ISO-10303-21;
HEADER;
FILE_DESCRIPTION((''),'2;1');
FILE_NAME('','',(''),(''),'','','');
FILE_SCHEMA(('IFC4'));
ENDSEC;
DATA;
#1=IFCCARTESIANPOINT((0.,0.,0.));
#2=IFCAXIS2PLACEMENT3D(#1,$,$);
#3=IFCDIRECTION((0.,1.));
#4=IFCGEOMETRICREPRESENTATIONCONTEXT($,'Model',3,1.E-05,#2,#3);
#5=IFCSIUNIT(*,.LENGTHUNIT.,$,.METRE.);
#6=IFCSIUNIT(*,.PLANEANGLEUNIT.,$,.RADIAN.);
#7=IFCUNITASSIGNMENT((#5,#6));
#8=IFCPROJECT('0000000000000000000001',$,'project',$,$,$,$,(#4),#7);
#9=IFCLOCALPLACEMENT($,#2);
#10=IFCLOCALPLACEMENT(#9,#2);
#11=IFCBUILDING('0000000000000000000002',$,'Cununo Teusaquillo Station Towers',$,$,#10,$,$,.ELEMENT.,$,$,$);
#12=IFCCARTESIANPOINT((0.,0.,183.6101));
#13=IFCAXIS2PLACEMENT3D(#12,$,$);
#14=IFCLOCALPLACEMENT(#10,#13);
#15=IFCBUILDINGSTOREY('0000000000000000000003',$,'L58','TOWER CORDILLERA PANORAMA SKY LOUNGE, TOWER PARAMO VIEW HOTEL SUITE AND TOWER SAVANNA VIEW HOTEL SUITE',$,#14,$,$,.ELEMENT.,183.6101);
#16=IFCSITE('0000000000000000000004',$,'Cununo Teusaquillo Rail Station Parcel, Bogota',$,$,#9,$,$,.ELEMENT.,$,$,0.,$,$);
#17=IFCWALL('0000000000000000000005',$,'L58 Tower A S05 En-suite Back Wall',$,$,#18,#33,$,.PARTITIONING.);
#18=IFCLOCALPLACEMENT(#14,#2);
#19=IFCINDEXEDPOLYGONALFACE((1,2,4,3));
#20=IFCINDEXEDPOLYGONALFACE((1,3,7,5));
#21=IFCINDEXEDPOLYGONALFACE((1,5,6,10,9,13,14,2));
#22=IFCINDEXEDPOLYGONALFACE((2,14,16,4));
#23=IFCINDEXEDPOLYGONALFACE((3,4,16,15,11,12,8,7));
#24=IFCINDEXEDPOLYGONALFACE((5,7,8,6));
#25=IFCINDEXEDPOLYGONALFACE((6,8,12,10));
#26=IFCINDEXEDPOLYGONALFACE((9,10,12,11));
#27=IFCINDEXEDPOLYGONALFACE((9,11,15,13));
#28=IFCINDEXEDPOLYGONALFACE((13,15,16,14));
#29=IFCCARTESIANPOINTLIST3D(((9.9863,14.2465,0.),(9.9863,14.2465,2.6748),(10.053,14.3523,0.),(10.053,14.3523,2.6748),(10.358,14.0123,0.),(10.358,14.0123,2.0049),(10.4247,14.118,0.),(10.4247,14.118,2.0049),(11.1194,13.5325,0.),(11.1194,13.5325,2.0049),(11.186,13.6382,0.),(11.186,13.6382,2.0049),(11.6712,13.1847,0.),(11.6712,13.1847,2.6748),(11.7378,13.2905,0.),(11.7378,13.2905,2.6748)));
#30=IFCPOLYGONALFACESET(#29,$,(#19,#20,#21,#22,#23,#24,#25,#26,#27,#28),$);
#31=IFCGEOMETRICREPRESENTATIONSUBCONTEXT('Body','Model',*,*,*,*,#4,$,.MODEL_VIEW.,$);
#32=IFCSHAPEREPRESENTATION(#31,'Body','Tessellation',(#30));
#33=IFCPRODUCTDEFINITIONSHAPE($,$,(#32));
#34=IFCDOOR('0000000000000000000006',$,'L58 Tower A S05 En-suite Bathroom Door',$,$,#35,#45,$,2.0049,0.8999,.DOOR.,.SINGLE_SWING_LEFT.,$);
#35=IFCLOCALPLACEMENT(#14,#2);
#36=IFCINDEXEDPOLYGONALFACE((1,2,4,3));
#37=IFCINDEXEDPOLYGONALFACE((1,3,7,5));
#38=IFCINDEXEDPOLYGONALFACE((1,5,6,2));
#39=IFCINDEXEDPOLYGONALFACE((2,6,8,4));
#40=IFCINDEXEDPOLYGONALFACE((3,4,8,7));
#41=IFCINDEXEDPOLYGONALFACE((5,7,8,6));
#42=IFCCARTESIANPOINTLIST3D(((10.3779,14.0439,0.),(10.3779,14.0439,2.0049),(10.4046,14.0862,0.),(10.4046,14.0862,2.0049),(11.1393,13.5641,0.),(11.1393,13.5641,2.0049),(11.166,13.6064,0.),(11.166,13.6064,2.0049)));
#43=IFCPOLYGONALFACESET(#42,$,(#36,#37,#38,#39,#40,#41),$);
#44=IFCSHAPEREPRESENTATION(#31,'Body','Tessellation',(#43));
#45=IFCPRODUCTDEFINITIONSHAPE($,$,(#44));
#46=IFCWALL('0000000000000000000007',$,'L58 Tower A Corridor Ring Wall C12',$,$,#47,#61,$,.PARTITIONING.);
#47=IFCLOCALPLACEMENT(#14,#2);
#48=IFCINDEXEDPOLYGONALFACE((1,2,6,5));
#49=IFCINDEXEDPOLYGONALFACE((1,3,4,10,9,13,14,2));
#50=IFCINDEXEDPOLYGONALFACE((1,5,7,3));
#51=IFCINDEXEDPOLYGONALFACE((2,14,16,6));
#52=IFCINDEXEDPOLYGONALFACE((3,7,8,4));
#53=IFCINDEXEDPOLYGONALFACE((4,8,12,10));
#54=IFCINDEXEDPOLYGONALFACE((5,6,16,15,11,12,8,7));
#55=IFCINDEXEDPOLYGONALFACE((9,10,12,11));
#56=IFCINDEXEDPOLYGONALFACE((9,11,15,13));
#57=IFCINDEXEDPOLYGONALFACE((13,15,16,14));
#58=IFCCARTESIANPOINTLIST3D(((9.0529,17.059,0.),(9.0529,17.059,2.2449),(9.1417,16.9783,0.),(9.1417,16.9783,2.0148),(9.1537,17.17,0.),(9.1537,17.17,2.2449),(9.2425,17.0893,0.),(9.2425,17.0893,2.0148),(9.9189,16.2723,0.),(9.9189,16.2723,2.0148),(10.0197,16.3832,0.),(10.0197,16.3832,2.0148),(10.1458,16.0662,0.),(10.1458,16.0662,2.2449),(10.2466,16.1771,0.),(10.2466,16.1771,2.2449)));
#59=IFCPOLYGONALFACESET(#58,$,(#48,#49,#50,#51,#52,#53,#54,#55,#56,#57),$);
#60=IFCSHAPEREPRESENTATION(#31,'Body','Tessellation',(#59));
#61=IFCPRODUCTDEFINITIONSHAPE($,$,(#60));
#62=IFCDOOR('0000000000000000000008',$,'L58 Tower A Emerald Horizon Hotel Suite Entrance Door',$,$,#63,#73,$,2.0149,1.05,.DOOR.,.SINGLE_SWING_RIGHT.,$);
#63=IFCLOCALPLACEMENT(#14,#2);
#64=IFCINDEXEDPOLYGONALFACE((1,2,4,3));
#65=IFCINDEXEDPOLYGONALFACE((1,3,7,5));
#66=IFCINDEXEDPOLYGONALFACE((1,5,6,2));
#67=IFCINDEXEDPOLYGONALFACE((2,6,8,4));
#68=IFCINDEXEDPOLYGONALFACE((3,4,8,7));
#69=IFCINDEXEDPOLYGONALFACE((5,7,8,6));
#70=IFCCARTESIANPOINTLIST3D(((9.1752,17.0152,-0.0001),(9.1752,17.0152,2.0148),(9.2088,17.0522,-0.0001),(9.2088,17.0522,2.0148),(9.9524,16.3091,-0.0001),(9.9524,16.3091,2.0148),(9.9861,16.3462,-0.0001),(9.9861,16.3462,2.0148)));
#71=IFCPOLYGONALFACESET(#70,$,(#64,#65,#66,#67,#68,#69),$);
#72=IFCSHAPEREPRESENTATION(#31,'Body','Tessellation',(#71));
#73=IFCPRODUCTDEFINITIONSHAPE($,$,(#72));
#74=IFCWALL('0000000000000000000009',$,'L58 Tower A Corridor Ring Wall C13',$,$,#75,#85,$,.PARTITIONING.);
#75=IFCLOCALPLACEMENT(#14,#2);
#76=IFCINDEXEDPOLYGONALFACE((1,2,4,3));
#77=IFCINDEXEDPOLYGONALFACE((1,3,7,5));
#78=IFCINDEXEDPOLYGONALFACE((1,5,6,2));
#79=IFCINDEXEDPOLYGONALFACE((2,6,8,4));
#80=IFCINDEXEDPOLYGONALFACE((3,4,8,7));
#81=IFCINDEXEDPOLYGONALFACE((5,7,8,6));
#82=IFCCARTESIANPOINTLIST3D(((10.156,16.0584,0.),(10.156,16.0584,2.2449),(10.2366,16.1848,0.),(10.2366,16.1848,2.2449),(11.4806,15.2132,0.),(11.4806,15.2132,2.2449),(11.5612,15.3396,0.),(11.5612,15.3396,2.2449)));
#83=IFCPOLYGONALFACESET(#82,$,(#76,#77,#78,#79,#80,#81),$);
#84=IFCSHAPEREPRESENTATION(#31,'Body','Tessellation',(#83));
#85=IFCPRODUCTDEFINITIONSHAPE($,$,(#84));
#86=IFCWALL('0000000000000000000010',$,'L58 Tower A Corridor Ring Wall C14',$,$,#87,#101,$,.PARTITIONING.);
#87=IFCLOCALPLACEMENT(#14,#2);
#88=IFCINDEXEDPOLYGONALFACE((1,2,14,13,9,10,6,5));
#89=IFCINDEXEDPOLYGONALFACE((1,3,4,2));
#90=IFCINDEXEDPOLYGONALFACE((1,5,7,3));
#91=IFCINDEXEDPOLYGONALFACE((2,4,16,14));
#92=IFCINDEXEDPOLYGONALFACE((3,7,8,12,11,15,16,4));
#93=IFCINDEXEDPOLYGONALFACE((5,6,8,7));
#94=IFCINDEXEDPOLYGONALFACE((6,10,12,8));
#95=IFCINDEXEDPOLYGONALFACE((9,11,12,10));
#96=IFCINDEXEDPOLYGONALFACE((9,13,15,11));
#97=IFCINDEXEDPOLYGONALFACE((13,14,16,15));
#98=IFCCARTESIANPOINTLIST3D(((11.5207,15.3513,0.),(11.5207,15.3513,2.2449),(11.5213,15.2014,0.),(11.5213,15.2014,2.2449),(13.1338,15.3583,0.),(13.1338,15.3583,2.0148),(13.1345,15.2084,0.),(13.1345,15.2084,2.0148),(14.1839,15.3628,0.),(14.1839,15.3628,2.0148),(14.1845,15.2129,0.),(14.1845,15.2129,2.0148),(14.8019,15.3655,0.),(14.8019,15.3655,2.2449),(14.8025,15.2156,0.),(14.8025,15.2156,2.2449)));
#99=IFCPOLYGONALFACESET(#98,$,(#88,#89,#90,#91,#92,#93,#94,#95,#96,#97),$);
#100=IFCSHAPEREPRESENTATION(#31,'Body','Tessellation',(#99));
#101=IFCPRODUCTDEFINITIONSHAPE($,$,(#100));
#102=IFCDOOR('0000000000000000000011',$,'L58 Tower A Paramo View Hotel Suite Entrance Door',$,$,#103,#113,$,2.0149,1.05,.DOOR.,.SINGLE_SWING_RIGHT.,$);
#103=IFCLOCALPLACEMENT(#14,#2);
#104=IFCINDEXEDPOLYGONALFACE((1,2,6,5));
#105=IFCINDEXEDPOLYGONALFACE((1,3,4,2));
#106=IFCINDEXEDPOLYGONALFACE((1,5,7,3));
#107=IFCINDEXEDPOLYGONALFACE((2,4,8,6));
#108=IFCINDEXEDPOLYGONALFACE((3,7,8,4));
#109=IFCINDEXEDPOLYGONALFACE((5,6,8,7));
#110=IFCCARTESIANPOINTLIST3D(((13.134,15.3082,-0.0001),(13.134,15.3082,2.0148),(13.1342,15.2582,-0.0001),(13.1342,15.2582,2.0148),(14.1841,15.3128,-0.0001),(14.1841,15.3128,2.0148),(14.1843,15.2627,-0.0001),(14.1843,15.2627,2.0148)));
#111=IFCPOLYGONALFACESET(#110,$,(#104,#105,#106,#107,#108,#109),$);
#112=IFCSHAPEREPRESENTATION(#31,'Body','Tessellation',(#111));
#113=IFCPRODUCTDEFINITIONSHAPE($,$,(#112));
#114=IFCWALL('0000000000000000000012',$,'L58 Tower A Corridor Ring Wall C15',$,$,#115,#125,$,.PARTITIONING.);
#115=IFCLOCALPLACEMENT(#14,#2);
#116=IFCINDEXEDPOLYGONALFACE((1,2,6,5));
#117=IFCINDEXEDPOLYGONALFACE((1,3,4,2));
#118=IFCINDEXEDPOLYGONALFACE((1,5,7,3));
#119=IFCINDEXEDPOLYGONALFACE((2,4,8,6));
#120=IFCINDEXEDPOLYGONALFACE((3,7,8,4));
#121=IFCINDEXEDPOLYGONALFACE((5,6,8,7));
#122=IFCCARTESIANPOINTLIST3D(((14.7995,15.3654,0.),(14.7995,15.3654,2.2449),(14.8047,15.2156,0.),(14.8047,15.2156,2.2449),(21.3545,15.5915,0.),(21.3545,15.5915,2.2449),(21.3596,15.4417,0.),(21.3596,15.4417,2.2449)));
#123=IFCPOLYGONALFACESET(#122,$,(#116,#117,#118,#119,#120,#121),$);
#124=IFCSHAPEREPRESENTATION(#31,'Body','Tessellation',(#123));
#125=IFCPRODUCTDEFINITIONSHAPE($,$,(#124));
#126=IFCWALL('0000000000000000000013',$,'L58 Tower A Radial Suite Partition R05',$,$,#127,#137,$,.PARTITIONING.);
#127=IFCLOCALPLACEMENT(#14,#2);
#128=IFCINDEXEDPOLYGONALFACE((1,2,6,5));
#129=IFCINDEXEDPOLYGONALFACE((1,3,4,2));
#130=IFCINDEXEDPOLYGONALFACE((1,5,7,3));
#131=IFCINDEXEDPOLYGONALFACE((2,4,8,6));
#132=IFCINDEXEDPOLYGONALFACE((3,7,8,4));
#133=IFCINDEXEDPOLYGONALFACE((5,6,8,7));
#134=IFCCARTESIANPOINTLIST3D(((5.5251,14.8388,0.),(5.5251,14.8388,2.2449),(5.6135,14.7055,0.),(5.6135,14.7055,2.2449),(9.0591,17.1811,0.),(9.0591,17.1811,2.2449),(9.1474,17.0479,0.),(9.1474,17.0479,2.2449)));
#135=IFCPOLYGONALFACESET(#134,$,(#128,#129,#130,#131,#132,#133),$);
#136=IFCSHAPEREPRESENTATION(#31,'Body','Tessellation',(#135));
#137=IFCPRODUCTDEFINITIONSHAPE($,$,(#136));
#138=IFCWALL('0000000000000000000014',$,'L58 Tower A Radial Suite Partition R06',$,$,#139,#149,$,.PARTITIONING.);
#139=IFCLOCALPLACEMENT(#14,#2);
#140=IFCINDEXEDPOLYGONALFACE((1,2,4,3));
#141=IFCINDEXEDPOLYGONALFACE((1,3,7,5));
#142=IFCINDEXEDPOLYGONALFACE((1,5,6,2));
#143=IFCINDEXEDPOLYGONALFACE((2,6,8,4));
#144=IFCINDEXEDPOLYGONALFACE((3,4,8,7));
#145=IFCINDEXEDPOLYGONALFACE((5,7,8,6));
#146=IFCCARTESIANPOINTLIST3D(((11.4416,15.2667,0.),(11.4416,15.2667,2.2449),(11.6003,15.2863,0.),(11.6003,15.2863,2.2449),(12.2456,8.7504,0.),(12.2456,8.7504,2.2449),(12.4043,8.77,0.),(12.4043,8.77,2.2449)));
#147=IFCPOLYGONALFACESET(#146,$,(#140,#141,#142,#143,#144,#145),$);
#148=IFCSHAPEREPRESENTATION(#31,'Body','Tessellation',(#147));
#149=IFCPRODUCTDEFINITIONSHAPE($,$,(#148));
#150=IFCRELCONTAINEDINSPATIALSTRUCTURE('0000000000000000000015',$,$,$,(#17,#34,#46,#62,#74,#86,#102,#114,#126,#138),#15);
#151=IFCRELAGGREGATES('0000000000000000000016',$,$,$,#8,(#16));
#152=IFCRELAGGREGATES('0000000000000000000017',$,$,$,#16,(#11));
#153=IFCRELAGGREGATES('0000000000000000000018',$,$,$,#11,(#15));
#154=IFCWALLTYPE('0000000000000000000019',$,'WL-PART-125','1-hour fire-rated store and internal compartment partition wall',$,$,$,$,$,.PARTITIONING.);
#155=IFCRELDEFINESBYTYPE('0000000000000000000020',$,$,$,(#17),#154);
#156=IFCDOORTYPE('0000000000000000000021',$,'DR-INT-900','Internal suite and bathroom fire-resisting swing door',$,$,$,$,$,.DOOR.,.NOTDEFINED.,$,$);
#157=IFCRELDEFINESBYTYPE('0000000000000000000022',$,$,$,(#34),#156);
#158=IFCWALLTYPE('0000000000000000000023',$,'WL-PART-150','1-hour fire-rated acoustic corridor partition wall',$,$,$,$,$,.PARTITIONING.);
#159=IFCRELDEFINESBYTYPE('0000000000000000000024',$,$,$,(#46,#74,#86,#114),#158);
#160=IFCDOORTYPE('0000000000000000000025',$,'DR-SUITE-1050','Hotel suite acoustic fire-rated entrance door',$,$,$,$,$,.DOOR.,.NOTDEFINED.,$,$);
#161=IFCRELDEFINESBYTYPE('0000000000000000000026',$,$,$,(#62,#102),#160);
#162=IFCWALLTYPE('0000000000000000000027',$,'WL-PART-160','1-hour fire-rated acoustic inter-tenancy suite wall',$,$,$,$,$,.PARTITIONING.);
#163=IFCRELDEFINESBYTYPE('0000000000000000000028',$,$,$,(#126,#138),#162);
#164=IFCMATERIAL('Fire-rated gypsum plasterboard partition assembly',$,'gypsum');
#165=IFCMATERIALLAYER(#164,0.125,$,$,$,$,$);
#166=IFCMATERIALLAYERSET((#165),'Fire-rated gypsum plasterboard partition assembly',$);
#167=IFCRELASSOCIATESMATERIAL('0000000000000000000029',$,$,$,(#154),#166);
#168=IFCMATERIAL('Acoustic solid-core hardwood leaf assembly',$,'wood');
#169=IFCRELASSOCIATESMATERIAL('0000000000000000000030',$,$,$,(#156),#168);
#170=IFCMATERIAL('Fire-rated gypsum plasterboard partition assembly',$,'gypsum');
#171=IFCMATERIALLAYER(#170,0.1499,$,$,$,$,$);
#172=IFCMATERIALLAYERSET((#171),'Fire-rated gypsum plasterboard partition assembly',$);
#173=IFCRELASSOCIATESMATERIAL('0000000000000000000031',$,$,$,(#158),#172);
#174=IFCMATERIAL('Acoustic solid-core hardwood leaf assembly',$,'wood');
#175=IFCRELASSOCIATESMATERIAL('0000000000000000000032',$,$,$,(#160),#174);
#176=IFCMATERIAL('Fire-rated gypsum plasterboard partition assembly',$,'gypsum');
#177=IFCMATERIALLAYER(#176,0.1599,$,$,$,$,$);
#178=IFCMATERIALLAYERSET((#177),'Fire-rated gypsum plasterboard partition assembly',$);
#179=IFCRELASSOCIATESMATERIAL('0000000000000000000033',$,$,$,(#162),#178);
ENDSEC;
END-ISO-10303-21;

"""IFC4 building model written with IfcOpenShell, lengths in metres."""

from ifc_helpers import new_model, si_unit, direction, frame, frame_2d, origin, place, context, subcontext, project, spatial, rectangle, extrude, source, transform, mapped, material, layer, layer_set, type_object, element, fill, save


model = new_model("IFC4")

# Units and contexts
model_context = context("Model", 3, precision=1e-05, world=origin(), true_north=direction((0.0, 1.0)))
body_context = subcontext(model_context, "Body", "Model", "MODEL_VIEW")
ifc_project = project(units=[si_unit("LENGTHUNIT", "METRE"), si_unit("PLANEANGLEUNIT", "RADIAN")], contexts=[model_context])

# Site, building, storey
site_placement = place(None, origin())
site = spatial("IfcSite", under=ifc_project, at=site_placement, Name="Cununo Teusaquillo Rail Station Parcel, Bogota", CompositionType="ELEMENT", RefElevation=0.0)
building_placement = place(site_placement, origin())
building = spatial("IfcBuilding", under=site, at=building_placement, Name="Cununo Teusaquillo Station Towers", CompositionType="ELEMENT")
storey_placement = place(building_placement, frame((0.0, 0.0, 183.6101)))
storey = spatial("IfcBuildingStorey", under=building, at=storey_placement, Name="L58", Description="TOWER CORDILLERA PANORAMA SKY LOUNGE, TOWER PARAMO VIEW HOTEL SUITE AND TOWER SAVANNA VIEW HOTEL SUITE", CompositionType="ELEMENT", Elevation=183.6101)

# Shared definitions
ifc_material_1 = material(Name="Fire-rated gypsum plasterboard partition assembly", Category="gypsum")
ifc_layer_1 = layer(ifc_material_1, 0.125)
ifc_layer_set_1 = layer_set([ifc_layer_1], Name="Fire-rated gypsum plasterboard partition assembly")
wall_type_1 = type_object("IfcWallType", Name="WL-PART-125", Description="1-hour fire-rated store and internal compartment partition wall", PredefinedType="PARTITIONING", material=ifc_layer_set_1)

# Walls, openings, doors
wall_1_placement = place(storey_placement, frame((10.0198, 14.2993, 0.0), z_axis=(0.0, 0.0, 1.0), x_axis=(0.846016, -0.533158, 0.0)))
wall_1 = element("IfcWall", 1, at=wall_1_placement, inside=storey, type_object=wall_type_1, Name="L58 Tower A S05 En-suite Back Wall", PredefinedType="PARTITIONING", context=body_context, shape_type="SweptSolid", body=[
    extrude(rectangle(XDim=1.9915, YDim=0.125, at=frame_2d((0.9956, 0.0))), origin(), (0.0, 0.0, 1.0), 2.6748),
])
shared_shape_1 = source(origin(), body_context, "Body", "SweptSolid", [
    extrude(rectangle(XDim=0.8999, YDim=2.0049, at=frame_2d((0.45, 1.0024))), frame((0.0, 0.0725, 0.0), z_axis=(0.0, -1.0, 0.0), x_axis=(1.0, 0.0, 0.0)), (0.0, 0.0, 1.0), 0.145),
])
opening_1_placement = place(wall_1_placement, frame((0.4392, 0.0, 0.0)))
opening_1 = element("IfcOpeningElement", 2, at=opening_1_placement, cuts=wall_1, PredefinedType="OPENING", context=body_context, shape_type="MappedRepresentation", body=[
    mapped(shared_shape_1, transform((0.0, 0.0, 0.0), x_axis=(1.0, 0.0, 0.0), y_axis=(0.0, 1.0, 0.0), z_axis=(0.0, 0.0, 1.0), scale=1.0)),
])
ifc_material_2 = material(Name="Acoustic solid-core hardwood leaf assembly", Category="wood")
door_type_1 = type_object("IfcDoorType", Name="DR-INT-900", Description="Internal suite and bathroom fire-resisting swing door", OperationType="NOTDEFINED", PredefinedType="DOOR", material=ifc_material_2)
shared_shape_2 = source(origin(), body_context, "Body", "SweptSolid", [
    extrude(rectangle(XDim=0.8999, YDim=2.0049, at=frame_2d((0.45, 1.0024))), frame((0.0, 0.0249, 0.0), z_axis=(0.0, -1.0, 0.0), x_axis=(1.0, 0.0, 0.0)), (0.0, 0.0, 1.0), 0.05),
])
door_1_placement = place(opening_1_placement, origin())
door_1 = element("IfcDoor", 3, at=door_1_placement, inside=storey, type_object=door_type_1, Name="L58 Tower A S05 En-suite Bathroom Door", OperationType="SINGLE_SWING_LEFT", OverallHeight=2.0049, OverallWidth=0.8999, PredefinedType="DOOR", context=body_context, shape_type="MappedRepresentation", body=[
    mapped(shared_shape_2, transform((0.0, 0.0, 0.0), x_axis=(1.0, 0.0, 0.0), y_axis=(0.0, 1.0, 0.0), z_axis=(0.0, 0.0, 1.0), scale=1.0)),
])
fill(opening_1, door_1)
ifc_material_3 = material(Name="Fire-rated gypsum plasterboard partition assembly", Category="gypsum")
ifc_layer_2 = layer(ifc_material_3, 0.1499)
ifc_layer_set_2 = layer_set([ifc_layer_2], Name="Fire-rated gypsum plasterboard partition assembly")
wall_type_2 = type_object("IfcWallType", Name="WL-PART-150", Description="1-hour fire-rated acoustic corridor partition wall", PredefinedType="PARTITIONING", material=ifc_layer_set_2)
wall_2_placement = place(storey_placement, frame((9.1033, 17.1145, 0.0), z_axis=(0.0, 0.0, 1.0), x_axis=(0.740187, -0.672401, 0.0)))
wall_2 = element("IfcWall", 4, at=wall_2_placement, inside=storey, type_object=wall_type_2, Name="L58 Tower A Corridor Ring Wall C12", PredefinedType="PARTITIONING", context=body_context, shape_type="SweptSolid", body=[
    extrude(rectangle(XDim=1.4766, YDim=0.1499, at=frame_2d((0.7383, 0.0))), origin(), (0.0, 0.0, 1.0), 2.2449),
])
shared_shape_3 = source(origin(), body_context, "Body", "SweptSolid", [
    extrude(rectangle(XDim=1.05, YDim=2.0149, at=frame_2d((0.5249, 1.0073))), frame((0.0, 0.085, 0.0), z_axis=(0.0, -1.0, 0.0), x_axis=(1.0, 0.0, 0.0)), (0.0, 0.0, 1.0), 0.1699),
])
opening_2_placement = place(wall_2_placement, frame((0.1201, 0.0, 0.0)))
opening_2 = element("IfcOpeningElement", 5, at=opening_2_placement, cuts=wall_2, PredefinedType="OPENING", context=body_context, shape_type="MappedRepresentation", body=[
    mapped(shared_shape_3, transform((0.0, 0.0, 0.0), x_axis=(1.0, 0.0, 0.0), y_axis=(0.0, 1.0, 0.0), z_axis=(0.0, 0.0, 1.0), scale=1.0)),
])
ifc_material_4 = material(Name="Acoustic solid-core hardwood leaf assembly", Category="wood")
door_type_2 = type_object("IfcDoorType", Name="DR-SUITE-1050", Description="Hotel suite acoustic fire-rated entrance door", OperationType="NOTDEFINED", PredefinedType="DOOR", material=ifc_material_4)
shared_shape_4 = source(origin(), body_context, "Body", "SweptSolid", [
    extrude(rectangle(XDim=1.05, YDim=2.0149, at=frame_2d((0.5249, 1.0073))), frame((0.0, 0.0249, 0.0), z_axis=(0.0, -1.0, 0.0), x_axis=(1.0, 0.0, 0.0)), (0.0, 0.0, 1.0), 0.05),
])
door_2_placement = place(opening_2_placement, origin())
door_2 = element("IfcDoor", 6, at=door_2_placement, inside=storey, type_object=door_type_2, Name="L58 Tower A Emerald Horizon Hotel Suite Entrance Door", OperationType="SINGLE_SWING_RIGHT", OverallHeight=2.0149, OverallWidth=1.05, PredefinedType="DOOR", context=body_context, shape_type="MappedRepresentation", body=[
    mapped(shared_shape_4, transform((0.0, 0.0, 0.0), x_axis=(1.0, 0.0, 0.0), y_axis=(0.0, 1.0, 0.0), z_axis=(0.0, 0.0, 1.0), scale=1.0)),
])
fill(opening_2, door_2)

# Wall
wall_3_placement = place(storey_placement, frame((10.1963, 16.1216, 0.0), z_axis=(0.0, 0.0, 1.0), x_axis=(0.843021, -0.53788, 0.0)))
element("IfcWall", 7, at=wall_3_placement, inside=storey, type_object=wall_type_2, Name="L58 Tower A Corridor Ring Wall C13", PredefinedType="PARTITIONING", context=body_context, shape_type="SweptSolid", body=[
    extrude(rectangle(XDim=1.5713, YDim=0.1499, at=frame_2d((0.7856, 0.0))), origin(), (0.0, 0.0, 1.0), 2.2449),
])

# Wall, opening, door
wall_4_placement = place(storey_placement, frame((11.521, 15.2764, 0.0), z_axis=(0.0, 0.0, 1.0), x_axis=(0.999991, 0.004315, 0.0)))
wall_4 = element("IfcWall", 8, at=wall_4_placement, inside=storey, type_object=wall_type_2, Name="L58 Tower A Corridor Ring Wall C14", PredefinedType="PARTITIONING", context=body_context, shape_type="SweptSolid", body=[
    extrude(rectangle(XDim=3.2812, YDim=0.1499, at=frame_2d((1.6406, 0.0))), origin(), (0.0, 0.0, 1.0), 2.2449),
])
opening_3_placement = place(wall_4_placement, frame((1.6133, 0.0, 0.0)))
opening_3 = element("IfcOpeningElement", 9, at=opening_3_placement, cuts=wall_4, PredefinedType="OPENING", context=body_context, shape_type="MappedRepresentation", body=[
    mapped(shared_shape_3, transform((0.0, 0.0, 0.0), x_axis=(1.0, 0.0, 0.0), y_axis=(0.0, 1.0, 0.0), z_axis=(0.0, 0.0, 1.0), scale=1.0)),
])
door_3_placement = place(opening_3_placement, origin())
door_3 = element("IfcDoor", 10, at=door_3_placement, inside=storey, type_object=door_type_2, Name="L58 Tower A Paramo View Hotel Suite Entrance Door", OperationType="SINGLE_SWING_RIGHT", OverallHeight=2.0149, OverallWidth=1.05, PredefinedType="DOOR", context=body_context, shape_type="MappedRepresentation", body=[
    mapped(shared_shape_4, transform((0.0, 0.0, 0.0), x_axis=(1.0, 0.0, 0.0), y_axis=(0.0, 1.0, 0.0), z_axis=(0.0, 0.0, 1.0), scale=1.0)),
])
fill(opening_3, door_3)

# Walls
wall_5_placement = place(storey_placement, frame((14.8022, 15.2905, 0.0), z_axis=(0.0, 0.0, 1.0), x_axis=(0.999406, 0.034469, 0.0)))
element("IfcWall", 11, at=wall_5_placement, inside=storey, type_object=wall_type_2, Name="L58 Tower A Corridor Ring Wall C15", PredefinedType="PARTITIONING", context=body_context, shape_type="SweptSolid", body=[
    extrude(rectangle(XDim=6.5588, YDim=0.1499, at=frame_2d((3.2793, 0.0))), origin(), (0.0, 0.0, 1.0), 2.2449),
])
ifc_material_5 = material(Name="Fire-rated gypsum plasterboard partition assembly", Category="gypsum")
ifc_layer_3 = layer(ifc_material_5, 0.1599)
ifc_layer_set_3 = layer_set([ifc_layer_3], Name="Fire-rated gypsum plasterboard partition assembly")
wall_type_3 = type_object("IfcWallType", Name="WL-PART-160", Description="1-hour fire-rated acoustic inter-tenancy suite wall", PredefinedType="PARTITIONING", material=ifc_layer_set_3)
wall_6_placement = place(storey_placement, frame((9.1033, 17.1145, 0.0), z_axis=(0.0, 0.0, 1.0), x_axis=(-0.833536, -0.552466, 0.0)))
element("IfcWall", 12, at=wall_6_placement, inside=storey, type_object=wall_type_3, Name="L58 Tower A Radial Suite Partition R05", PredefinedType="PARTITIONING", context=body_context, shape_type="SweptSolid", body=[
    extrude(rectangle(XDim=4.2397, YDim=0.1599, at=frame_2d((2.1199, 0.0))), origin(), (0.0, 0.0, 1.0), 2.2449),
])
wall_7_placement = place(storey_placement, frame((11.521, 15.2764, 0.0), z_axis=(0.0, 0.0, 1.0), x_axis=(0.122447, -0.992475, 0.0)))
element("IfcWall", 13, at=wall_7_placement, inside=storey, type_object=wall_type_3, Name="L58 Tower A Radial Suite Partition R06", PredefinedType="PARTITIONING", context=body_context, shape_type="SweptSolid", body=[
    extrude(rectangle(XDim=6.5657, YDim=0.1599, at=frame_2d((3.2827, 0.0))), origin(), (0.0, 0.0, 1.0), 2.2449),
])

save(model, "model.ifc")
